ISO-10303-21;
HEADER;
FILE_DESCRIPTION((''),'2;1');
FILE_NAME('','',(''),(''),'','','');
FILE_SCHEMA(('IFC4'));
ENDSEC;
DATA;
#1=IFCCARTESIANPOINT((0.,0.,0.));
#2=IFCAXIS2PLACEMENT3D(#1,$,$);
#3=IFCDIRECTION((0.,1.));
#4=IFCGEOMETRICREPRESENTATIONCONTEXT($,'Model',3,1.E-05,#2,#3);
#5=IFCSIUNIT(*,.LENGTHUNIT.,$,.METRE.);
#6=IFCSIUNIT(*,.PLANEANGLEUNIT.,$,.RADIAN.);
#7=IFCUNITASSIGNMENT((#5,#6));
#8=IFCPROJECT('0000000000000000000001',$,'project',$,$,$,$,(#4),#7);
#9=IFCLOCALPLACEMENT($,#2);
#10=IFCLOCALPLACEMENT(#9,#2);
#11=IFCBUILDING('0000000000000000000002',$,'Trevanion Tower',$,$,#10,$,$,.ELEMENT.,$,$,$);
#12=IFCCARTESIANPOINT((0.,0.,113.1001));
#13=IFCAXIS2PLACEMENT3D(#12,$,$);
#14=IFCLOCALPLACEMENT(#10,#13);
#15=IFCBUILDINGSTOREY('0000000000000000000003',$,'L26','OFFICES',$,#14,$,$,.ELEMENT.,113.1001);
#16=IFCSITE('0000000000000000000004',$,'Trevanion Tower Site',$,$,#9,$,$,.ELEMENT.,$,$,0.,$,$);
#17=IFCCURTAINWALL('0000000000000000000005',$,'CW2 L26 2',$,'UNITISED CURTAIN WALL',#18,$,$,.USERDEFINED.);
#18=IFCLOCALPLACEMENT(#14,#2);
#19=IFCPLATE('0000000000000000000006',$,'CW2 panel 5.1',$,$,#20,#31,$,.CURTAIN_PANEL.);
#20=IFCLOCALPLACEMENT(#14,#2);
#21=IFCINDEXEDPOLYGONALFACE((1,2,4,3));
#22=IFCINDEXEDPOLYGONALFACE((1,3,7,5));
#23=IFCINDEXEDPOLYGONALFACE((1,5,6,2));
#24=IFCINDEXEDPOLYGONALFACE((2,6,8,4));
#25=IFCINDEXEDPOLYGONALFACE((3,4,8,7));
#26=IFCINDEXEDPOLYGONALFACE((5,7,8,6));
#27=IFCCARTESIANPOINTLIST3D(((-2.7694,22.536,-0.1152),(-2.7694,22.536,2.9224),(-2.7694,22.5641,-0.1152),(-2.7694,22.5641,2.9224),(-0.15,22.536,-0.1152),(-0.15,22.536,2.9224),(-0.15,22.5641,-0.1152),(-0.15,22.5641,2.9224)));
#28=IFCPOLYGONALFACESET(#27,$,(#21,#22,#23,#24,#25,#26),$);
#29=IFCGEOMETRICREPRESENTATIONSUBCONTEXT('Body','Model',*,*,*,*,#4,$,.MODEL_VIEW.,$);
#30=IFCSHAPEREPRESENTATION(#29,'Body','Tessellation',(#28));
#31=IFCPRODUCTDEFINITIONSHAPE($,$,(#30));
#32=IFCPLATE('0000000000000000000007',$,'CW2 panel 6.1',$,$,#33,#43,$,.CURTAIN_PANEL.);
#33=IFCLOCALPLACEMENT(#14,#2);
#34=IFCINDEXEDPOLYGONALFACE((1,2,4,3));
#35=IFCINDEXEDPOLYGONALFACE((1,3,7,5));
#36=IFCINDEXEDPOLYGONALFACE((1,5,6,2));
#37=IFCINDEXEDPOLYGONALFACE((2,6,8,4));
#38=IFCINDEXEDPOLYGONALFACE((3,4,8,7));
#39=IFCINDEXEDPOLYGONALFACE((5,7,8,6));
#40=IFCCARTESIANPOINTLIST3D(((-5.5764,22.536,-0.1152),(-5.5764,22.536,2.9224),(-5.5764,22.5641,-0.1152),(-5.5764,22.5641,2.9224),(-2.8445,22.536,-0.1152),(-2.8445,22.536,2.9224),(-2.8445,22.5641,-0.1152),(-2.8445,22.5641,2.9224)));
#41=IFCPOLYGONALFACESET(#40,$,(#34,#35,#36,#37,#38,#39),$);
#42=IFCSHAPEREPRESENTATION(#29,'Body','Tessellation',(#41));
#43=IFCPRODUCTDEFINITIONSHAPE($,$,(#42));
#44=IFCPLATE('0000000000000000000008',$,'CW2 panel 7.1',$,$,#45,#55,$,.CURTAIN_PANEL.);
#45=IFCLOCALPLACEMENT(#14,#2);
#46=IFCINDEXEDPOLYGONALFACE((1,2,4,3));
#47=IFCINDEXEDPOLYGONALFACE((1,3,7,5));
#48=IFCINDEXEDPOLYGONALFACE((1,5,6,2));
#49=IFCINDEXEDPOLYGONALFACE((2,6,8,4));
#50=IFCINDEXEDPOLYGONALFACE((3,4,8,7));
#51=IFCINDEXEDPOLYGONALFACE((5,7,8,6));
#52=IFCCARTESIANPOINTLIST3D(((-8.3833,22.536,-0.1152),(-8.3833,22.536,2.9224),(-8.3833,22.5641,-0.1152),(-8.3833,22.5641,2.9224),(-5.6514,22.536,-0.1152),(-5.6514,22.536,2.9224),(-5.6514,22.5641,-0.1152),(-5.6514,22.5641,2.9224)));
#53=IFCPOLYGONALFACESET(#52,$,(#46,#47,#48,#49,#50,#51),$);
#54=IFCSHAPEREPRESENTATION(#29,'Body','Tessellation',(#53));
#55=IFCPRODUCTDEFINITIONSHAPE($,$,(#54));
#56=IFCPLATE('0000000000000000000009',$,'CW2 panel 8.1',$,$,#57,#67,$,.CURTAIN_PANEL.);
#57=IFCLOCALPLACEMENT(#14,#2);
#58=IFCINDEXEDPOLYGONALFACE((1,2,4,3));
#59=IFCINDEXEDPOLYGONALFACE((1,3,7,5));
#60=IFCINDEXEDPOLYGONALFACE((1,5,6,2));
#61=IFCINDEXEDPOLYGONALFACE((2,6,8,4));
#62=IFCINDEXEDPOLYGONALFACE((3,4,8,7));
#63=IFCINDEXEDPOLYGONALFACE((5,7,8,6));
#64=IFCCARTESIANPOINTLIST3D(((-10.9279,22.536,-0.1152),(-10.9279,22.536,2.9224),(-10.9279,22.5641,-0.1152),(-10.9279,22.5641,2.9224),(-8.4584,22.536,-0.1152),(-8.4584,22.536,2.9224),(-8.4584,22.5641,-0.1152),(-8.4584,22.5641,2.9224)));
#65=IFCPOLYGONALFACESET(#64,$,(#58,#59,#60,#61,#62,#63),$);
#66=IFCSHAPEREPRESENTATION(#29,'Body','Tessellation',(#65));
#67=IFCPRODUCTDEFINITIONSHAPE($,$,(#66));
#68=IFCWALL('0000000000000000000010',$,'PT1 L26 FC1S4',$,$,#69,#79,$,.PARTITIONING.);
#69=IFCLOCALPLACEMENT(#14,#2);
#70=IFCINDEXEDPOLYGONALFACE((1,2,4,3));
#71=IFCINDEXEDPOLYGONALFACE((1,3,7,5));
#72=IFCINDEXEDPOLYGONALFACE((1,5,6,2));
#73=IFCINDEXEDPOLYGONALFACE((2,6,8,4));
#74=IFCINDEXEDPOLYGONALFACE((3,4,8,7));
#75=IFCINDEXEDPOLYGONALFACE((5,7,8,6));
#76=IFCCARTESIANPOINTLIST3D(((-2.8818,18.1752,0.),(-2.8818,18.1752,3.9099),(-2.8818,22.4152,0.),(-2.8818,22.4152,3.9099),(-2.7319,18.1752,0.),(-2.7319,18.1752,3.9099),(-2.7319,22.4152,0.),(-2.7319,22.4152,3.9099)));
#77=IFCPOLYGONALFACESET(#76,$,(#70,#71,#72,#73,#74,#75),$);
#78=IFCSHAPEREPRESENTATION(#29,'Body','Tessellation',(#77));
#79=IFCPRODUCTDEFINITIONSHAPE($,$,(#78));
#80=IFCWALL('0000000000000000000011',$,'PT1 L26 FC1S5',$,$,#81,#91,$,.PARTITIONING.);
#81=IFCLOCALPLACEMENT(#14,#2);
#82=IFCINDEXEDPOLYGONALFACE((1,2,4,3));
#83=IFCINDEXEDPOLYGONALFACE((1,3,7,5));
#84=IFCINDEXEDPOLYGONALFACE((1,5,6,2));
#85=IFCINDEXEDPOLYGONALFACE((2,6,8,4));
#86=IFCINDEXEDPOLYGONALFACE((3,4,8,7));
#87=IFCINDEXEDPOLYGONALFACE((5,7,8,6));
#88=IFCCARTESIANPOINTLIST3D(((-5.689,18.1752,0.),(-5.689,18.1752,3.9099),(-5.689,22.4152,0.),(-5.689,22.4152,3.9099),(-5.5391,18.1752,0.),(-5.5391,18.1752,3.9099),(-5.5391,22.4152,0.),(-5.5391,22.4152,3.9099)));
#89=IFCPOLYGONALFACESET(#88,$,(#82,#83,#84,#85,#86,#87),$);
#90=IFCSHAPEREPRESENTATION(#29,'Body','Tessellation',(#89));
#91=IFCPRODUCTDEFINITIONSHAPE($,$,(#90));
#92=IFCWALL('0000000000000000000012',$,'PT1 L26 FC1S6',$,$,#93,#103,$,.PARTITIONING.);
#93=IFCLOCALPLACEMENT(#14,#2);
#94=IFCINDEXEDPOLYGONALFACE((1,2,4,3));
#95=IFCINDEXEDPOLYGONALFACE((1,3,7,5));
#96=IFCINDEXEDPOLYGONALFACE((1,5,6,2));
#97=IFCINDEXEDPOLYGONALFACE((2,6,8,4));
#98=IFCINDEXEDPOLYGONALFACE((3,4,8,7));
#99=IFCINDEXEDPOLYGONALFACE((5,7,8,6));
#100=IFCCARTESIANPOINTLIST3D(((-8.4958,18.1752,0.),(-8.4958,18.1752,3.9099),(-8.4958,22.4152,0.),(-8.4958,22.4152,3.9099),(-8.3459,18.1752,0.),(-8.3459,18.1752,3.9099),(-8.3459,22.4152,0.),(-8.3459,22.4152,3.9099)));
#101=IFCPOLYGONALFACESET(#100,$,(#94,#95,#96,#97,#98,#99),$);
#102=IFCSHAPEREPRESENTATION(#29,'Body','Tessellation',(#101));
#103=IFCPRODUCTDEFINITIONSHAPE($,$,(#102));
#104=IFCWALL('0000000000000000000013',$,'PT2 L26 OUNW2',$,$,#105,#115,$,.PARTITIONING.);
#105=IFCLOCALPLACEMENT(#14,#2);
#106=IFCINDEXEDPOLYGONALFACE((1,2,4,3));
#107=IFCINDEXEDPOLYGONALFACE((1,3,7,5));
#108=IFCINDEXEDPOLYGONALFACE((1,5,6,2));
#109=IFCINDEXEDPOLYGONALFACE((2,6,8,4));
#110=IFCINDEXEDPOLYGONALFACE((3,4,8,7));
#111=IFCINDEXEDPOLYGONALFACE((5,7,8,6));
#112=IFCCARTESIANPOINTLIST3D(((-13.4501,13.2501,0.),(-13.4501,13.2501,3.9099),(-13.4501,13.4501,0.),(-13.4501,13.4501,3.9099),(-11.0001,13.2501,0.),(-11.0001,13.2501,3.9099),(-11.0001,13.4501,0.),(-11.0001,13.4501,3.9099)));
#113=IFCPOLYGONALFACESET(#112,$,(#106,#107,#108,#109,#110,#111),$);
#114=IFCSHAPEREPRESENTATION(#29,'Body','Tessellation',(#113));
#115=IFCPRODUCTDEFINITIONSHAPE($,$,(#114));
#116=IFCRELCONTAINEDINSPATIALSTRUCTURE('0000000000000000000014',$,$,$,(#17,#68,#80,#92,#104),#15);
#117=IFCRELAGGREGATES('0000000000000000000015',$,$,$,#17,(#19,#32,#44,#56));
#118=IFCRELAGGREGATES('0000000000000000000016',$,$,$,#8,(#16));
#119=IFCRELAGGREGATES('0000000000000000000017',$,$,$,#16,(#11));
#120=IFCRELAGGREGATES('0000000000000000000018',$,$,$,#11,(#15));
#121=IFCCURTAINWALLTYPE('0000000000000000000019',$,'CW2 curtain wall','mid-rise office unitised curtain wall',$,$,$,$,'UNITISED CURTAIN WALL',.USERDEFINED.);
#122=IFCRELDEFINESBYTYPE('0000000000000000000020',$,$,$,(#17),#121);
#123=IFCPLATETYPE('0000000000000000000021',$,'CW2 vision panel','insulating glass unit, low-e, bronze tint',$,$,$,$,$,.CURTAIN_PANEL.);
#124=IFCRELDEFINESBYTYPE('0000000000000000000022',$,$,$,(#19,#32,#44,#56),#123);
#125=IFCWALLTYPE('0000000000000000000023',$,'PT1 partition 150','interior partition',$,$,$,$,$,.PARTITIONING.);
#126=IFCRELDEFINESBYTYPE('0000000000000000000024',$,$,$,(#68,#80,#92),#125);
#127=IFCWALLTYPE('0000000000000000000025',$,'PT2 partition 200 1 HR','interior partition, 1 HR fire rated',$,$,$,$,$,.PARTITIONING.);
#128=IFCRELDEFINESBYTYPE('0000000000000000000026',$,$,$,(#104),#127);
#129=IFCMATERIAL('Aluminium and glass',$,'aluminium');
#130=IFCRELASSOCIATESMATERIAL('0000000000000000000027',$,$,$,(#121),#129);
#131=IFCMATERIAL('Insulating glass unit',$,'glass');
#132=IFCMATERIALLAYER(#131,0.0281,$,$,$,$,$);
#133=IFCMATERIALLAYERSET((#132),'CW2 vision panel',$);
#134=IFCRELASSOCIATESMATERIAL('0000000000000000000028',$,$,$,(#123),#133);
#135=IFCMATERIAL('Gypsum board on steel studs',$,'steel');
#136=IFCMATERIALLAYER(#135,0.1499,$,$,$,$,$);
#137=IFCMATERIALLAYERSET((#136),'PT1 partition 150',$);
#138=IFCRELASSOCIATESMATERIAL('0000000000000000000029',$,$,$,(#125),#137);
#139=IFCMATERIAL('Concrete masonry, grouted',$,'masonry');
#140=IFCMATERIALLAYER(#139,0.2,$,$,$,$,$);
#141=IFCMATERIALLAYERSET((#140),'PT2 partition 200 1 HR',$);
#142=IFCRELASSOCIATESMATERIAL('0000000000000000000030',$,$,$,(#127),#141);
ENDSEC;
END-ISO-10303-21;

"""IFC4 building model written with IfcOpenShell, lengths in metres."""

from ifc_helpers import new_model, si_unit, direction, frame, frame_2d, origin, origin_2d, place, context, subcontext, project, spatial, rectangle, extrude, material, layer, layer_set, type_object, element, aggregate, save


model = new_model("IFC4")

# Units and contexts
model_context = context("Model", 3, precision=1e-05, world=origin(), true_north=direction((0.0, 1.0)))
body_context = subcontext(model_context, "Body", "Model", "MODEL_VIEW")
ifc_project = project(units=[si_unit("LENGTHUNIT", "METRE"), si_unit("PLANEANGLEUNIT", "RADIAN")], contexts=[model_context])

# Site, building, storey
site_placement = place(None, origin())
site = spatial("IfcSite", under=ifc_project, at=site_placement, Name="Trevanion Tower Site", CompositionType="ELEMENT", RefElevation=0.0)
building_placement = place(site_placement, origin())
building = spatial("IfcBuilding", under=site, at=building_placement, Name="Trevanion Tower", CompositionType="ELEMENT")
storey_placement = place(building_placement, frame((0.0, 0.0, 113.1001)))
storey = spatial("IfcBuildingStorey", under=building, at=storey_placement, Name="L26", Description="OFFICES", CompositionType="ELEMENT", Elevation=113.1001)

# Curtain wall
ifc_material_1 = material(Name="Aluminium and glass", Category="aluminium")
curtain_wall_type = type_object("IfcCurtainWallType", Name="CW2 curtain wall", Description="mid-rise office unitised curtain wall", ElementType="UNITISED CURTAIN WALL", PredefinedType="USERDEFINED", material=ifc_material_1)
curtain_wall_1_placement = place(storey_placement, origin())
curtain_wall_1 = element("IfcCurtainWall", 1, at=curtain_wall_1_placement, inside=storey, type_object=curtain_wall_type, Name="CW2 L26 2", ObjectType="UNITISED CURTAIN WALL", PredefinedType="USERDEFINED")

# Plates
ifc_material_2 = material(Name="Insulating glass unit", Category="glass")
ifc_layer_1 = layer(ifc_material_2, 0.0281)
ifc_layer_set_1 = layer_set([ifc_layer_1], Name="CW2 vision panel")
plate_type_1 = type_object("IfcPlateType", Name="CW2 vision panel", Description="insulating glass unit, low-e, bronze tint", PredefinedType="CURTAIN_PANEL", material=ifc_layer_set_1)
plate_1_placement = place(storey_placement, frame((-1.4597, 22.55, -0.1152), z_axis=(0.0, 0.0, 1.0), x_axis=(-1.0, 0.0, 0.0)))
plate_1 = element("IfcPlate", 2, at=plate_1_placement, type_object=plate_type_1, Name="CW2 panel 5.1", PredefinedType="CURTAIN_PANEL", context=body_context, shape_type="SweptSolid", body=[
    extrude(rectangle(XDim=2.6194, YDim=0.0281, at=origin_2d()), origin(), (0.0, 0.0, 1.0), 3.0376),
])
plate_2_placement = place(storey_placement, frame((-4.2104, 22.55, -0.1152), z_axis=(0.0, 0.0, 1.0), x_axis=(-1.0, 0.0, 0.0)))
plate_2 = element("IfcPlate", 3, at=plate_2_placement, type_object=plate_type_1, Name="CW2 panel 6.1", PredefinedType="CURTAIN_PANEL", context=body_context, shape_type="SweptSolid", body=[
    extrude(rectangle(XDim=2.7319, YDim=0.0281, at=origin_2d()), origin(), (0.0, 0.0, 1.0), 3.0376),
])
plate_3_placement = place(storey_placement, frame((-7.0173, 22.55, -0.1152), z_axis=(0.0, 0.0, 1.0), x_axis=(-1.0, 0.0, 0.0)))
plate_3 = element("IfcPlate", 4, at=plate_3_placement, type_object=plate_type_1, Name="CW2 panel 7.1", PredefinedType="CURTAIN_PANEL", context=body_context, shape_type="SweptSolid", body=[
    extrude(rectangle(XDim=2.7319, YDim=0.0281, at=origin_2d()), origin(), (0.0, 0.0, 1.0), 3.0376),
])
plate_4_placement = place(storey_placement, frame((-9.6931, 22.55, -0.1152), z_axis=(0.0, 0.0, 1.0), x_axis=(-1.0, 0.0, 0.0)))
plate_4 = element("IfcPlate", 5, at=plate_4_placement, type_object=plate_type_1, Name="CW2 panel 8.1", PredefinedType="CURTAIN_PANEL", context=body_context, shape_type="SweptSolid", body=[
    extrude(rectangle(XDim=2.4695, YDim=0.0281, at=origin_2d()), origin(), (0.0, 0.0, 1.0), 3.0376),
])
aggregate(curtain_wall_1, [plate_1, plate_2, plate_3, plate_4])

# Walls
ifc_material_3 = material(Name="Gypsum board on steel studs", Category="steel")
ifc_layer_2 = layer(ifc_material_3, 0.1499)
ifc_layer_set_2 = layer_set([ifc_layer_2], Name="PT1 partition 150")
wall_type_1 = type_object("IfcWallType", Name="PT1 partition 150", Description="interior partition", PredefinedType="PARTITIONING", material=ifc_layer_set_2)
for number, where, z_axis, x_axis, name in (
    (6, (-2.8069, 18.175, 0.0), (0.0, 0.0, 1.0), (0.0, 1.0, 0.0), "PT1 L26 FC1S4"),
    (7, (-5.614, 18.175, 0.0), (0.0, 0.0, 1.0), (0.0, 1.0, 0.0), "PT1 L26 FC1S5"),
    (8, (-8.4209, 18.175, 0.0), (0.0, 0.0, 1.0), (0.0, 1.0, 0.0), "PT1 L26 FC1S6"),
):
    element("IfcWall", number, at=place(storey_placement, frame(where, z_axis=z_axis, x_axis=x_axis)), inside=storey, type_object=wall_type_1, Name=name, PredefinedType="PARTITIONING", context=body_context, shape_type="SweptSolid", body=[
        extrude(rectangle(XDim=4.24, YDim=0.1499, at=frame_2d((2.1201, 0.0))), origin(), (0.0, 0.0, 1.0), 3.9099),
    ])
ifc_material_4 = material(Name="Concrete masonry, grouted", Category="masonry")
ifc_layer_3 = layer(ifc_material_4, 0.2)
ifc_layer_set_3 = layer_set([ifc_layer_3], Name="PT2 partition 200 1 HR")
wall_type_2 = type_object("IfcWallType", Name="PT2 partition 200 1 HR", Description="interior partition, 1 HR fire rated", PredefinedType="PARTITIONING", material=ifc_layer_set_3)
wall_placement = place(storey_placement, frame((-11.0, 13.3501, 0.0), z_axis=(0.0, 0.0, 1.0), x_axis=(-1.0, 0.0, 0.0)))
element("IfcWall", 9, at=wall_placement, inside=storey, type_object=wall_type_2, Name="PT2 L26 OUNW2", PredefinedType="PARTITIONING", context=body_context, shape_type="SweptSolid", body=[
    extrude(rectangle(XDim=2.45, YDim=0.2, at=frame_2d((1.2251, 0.0))), origin(), (0.0, 0.0, 1.0), 3.9099),
])

save(model, "model.ifc")
